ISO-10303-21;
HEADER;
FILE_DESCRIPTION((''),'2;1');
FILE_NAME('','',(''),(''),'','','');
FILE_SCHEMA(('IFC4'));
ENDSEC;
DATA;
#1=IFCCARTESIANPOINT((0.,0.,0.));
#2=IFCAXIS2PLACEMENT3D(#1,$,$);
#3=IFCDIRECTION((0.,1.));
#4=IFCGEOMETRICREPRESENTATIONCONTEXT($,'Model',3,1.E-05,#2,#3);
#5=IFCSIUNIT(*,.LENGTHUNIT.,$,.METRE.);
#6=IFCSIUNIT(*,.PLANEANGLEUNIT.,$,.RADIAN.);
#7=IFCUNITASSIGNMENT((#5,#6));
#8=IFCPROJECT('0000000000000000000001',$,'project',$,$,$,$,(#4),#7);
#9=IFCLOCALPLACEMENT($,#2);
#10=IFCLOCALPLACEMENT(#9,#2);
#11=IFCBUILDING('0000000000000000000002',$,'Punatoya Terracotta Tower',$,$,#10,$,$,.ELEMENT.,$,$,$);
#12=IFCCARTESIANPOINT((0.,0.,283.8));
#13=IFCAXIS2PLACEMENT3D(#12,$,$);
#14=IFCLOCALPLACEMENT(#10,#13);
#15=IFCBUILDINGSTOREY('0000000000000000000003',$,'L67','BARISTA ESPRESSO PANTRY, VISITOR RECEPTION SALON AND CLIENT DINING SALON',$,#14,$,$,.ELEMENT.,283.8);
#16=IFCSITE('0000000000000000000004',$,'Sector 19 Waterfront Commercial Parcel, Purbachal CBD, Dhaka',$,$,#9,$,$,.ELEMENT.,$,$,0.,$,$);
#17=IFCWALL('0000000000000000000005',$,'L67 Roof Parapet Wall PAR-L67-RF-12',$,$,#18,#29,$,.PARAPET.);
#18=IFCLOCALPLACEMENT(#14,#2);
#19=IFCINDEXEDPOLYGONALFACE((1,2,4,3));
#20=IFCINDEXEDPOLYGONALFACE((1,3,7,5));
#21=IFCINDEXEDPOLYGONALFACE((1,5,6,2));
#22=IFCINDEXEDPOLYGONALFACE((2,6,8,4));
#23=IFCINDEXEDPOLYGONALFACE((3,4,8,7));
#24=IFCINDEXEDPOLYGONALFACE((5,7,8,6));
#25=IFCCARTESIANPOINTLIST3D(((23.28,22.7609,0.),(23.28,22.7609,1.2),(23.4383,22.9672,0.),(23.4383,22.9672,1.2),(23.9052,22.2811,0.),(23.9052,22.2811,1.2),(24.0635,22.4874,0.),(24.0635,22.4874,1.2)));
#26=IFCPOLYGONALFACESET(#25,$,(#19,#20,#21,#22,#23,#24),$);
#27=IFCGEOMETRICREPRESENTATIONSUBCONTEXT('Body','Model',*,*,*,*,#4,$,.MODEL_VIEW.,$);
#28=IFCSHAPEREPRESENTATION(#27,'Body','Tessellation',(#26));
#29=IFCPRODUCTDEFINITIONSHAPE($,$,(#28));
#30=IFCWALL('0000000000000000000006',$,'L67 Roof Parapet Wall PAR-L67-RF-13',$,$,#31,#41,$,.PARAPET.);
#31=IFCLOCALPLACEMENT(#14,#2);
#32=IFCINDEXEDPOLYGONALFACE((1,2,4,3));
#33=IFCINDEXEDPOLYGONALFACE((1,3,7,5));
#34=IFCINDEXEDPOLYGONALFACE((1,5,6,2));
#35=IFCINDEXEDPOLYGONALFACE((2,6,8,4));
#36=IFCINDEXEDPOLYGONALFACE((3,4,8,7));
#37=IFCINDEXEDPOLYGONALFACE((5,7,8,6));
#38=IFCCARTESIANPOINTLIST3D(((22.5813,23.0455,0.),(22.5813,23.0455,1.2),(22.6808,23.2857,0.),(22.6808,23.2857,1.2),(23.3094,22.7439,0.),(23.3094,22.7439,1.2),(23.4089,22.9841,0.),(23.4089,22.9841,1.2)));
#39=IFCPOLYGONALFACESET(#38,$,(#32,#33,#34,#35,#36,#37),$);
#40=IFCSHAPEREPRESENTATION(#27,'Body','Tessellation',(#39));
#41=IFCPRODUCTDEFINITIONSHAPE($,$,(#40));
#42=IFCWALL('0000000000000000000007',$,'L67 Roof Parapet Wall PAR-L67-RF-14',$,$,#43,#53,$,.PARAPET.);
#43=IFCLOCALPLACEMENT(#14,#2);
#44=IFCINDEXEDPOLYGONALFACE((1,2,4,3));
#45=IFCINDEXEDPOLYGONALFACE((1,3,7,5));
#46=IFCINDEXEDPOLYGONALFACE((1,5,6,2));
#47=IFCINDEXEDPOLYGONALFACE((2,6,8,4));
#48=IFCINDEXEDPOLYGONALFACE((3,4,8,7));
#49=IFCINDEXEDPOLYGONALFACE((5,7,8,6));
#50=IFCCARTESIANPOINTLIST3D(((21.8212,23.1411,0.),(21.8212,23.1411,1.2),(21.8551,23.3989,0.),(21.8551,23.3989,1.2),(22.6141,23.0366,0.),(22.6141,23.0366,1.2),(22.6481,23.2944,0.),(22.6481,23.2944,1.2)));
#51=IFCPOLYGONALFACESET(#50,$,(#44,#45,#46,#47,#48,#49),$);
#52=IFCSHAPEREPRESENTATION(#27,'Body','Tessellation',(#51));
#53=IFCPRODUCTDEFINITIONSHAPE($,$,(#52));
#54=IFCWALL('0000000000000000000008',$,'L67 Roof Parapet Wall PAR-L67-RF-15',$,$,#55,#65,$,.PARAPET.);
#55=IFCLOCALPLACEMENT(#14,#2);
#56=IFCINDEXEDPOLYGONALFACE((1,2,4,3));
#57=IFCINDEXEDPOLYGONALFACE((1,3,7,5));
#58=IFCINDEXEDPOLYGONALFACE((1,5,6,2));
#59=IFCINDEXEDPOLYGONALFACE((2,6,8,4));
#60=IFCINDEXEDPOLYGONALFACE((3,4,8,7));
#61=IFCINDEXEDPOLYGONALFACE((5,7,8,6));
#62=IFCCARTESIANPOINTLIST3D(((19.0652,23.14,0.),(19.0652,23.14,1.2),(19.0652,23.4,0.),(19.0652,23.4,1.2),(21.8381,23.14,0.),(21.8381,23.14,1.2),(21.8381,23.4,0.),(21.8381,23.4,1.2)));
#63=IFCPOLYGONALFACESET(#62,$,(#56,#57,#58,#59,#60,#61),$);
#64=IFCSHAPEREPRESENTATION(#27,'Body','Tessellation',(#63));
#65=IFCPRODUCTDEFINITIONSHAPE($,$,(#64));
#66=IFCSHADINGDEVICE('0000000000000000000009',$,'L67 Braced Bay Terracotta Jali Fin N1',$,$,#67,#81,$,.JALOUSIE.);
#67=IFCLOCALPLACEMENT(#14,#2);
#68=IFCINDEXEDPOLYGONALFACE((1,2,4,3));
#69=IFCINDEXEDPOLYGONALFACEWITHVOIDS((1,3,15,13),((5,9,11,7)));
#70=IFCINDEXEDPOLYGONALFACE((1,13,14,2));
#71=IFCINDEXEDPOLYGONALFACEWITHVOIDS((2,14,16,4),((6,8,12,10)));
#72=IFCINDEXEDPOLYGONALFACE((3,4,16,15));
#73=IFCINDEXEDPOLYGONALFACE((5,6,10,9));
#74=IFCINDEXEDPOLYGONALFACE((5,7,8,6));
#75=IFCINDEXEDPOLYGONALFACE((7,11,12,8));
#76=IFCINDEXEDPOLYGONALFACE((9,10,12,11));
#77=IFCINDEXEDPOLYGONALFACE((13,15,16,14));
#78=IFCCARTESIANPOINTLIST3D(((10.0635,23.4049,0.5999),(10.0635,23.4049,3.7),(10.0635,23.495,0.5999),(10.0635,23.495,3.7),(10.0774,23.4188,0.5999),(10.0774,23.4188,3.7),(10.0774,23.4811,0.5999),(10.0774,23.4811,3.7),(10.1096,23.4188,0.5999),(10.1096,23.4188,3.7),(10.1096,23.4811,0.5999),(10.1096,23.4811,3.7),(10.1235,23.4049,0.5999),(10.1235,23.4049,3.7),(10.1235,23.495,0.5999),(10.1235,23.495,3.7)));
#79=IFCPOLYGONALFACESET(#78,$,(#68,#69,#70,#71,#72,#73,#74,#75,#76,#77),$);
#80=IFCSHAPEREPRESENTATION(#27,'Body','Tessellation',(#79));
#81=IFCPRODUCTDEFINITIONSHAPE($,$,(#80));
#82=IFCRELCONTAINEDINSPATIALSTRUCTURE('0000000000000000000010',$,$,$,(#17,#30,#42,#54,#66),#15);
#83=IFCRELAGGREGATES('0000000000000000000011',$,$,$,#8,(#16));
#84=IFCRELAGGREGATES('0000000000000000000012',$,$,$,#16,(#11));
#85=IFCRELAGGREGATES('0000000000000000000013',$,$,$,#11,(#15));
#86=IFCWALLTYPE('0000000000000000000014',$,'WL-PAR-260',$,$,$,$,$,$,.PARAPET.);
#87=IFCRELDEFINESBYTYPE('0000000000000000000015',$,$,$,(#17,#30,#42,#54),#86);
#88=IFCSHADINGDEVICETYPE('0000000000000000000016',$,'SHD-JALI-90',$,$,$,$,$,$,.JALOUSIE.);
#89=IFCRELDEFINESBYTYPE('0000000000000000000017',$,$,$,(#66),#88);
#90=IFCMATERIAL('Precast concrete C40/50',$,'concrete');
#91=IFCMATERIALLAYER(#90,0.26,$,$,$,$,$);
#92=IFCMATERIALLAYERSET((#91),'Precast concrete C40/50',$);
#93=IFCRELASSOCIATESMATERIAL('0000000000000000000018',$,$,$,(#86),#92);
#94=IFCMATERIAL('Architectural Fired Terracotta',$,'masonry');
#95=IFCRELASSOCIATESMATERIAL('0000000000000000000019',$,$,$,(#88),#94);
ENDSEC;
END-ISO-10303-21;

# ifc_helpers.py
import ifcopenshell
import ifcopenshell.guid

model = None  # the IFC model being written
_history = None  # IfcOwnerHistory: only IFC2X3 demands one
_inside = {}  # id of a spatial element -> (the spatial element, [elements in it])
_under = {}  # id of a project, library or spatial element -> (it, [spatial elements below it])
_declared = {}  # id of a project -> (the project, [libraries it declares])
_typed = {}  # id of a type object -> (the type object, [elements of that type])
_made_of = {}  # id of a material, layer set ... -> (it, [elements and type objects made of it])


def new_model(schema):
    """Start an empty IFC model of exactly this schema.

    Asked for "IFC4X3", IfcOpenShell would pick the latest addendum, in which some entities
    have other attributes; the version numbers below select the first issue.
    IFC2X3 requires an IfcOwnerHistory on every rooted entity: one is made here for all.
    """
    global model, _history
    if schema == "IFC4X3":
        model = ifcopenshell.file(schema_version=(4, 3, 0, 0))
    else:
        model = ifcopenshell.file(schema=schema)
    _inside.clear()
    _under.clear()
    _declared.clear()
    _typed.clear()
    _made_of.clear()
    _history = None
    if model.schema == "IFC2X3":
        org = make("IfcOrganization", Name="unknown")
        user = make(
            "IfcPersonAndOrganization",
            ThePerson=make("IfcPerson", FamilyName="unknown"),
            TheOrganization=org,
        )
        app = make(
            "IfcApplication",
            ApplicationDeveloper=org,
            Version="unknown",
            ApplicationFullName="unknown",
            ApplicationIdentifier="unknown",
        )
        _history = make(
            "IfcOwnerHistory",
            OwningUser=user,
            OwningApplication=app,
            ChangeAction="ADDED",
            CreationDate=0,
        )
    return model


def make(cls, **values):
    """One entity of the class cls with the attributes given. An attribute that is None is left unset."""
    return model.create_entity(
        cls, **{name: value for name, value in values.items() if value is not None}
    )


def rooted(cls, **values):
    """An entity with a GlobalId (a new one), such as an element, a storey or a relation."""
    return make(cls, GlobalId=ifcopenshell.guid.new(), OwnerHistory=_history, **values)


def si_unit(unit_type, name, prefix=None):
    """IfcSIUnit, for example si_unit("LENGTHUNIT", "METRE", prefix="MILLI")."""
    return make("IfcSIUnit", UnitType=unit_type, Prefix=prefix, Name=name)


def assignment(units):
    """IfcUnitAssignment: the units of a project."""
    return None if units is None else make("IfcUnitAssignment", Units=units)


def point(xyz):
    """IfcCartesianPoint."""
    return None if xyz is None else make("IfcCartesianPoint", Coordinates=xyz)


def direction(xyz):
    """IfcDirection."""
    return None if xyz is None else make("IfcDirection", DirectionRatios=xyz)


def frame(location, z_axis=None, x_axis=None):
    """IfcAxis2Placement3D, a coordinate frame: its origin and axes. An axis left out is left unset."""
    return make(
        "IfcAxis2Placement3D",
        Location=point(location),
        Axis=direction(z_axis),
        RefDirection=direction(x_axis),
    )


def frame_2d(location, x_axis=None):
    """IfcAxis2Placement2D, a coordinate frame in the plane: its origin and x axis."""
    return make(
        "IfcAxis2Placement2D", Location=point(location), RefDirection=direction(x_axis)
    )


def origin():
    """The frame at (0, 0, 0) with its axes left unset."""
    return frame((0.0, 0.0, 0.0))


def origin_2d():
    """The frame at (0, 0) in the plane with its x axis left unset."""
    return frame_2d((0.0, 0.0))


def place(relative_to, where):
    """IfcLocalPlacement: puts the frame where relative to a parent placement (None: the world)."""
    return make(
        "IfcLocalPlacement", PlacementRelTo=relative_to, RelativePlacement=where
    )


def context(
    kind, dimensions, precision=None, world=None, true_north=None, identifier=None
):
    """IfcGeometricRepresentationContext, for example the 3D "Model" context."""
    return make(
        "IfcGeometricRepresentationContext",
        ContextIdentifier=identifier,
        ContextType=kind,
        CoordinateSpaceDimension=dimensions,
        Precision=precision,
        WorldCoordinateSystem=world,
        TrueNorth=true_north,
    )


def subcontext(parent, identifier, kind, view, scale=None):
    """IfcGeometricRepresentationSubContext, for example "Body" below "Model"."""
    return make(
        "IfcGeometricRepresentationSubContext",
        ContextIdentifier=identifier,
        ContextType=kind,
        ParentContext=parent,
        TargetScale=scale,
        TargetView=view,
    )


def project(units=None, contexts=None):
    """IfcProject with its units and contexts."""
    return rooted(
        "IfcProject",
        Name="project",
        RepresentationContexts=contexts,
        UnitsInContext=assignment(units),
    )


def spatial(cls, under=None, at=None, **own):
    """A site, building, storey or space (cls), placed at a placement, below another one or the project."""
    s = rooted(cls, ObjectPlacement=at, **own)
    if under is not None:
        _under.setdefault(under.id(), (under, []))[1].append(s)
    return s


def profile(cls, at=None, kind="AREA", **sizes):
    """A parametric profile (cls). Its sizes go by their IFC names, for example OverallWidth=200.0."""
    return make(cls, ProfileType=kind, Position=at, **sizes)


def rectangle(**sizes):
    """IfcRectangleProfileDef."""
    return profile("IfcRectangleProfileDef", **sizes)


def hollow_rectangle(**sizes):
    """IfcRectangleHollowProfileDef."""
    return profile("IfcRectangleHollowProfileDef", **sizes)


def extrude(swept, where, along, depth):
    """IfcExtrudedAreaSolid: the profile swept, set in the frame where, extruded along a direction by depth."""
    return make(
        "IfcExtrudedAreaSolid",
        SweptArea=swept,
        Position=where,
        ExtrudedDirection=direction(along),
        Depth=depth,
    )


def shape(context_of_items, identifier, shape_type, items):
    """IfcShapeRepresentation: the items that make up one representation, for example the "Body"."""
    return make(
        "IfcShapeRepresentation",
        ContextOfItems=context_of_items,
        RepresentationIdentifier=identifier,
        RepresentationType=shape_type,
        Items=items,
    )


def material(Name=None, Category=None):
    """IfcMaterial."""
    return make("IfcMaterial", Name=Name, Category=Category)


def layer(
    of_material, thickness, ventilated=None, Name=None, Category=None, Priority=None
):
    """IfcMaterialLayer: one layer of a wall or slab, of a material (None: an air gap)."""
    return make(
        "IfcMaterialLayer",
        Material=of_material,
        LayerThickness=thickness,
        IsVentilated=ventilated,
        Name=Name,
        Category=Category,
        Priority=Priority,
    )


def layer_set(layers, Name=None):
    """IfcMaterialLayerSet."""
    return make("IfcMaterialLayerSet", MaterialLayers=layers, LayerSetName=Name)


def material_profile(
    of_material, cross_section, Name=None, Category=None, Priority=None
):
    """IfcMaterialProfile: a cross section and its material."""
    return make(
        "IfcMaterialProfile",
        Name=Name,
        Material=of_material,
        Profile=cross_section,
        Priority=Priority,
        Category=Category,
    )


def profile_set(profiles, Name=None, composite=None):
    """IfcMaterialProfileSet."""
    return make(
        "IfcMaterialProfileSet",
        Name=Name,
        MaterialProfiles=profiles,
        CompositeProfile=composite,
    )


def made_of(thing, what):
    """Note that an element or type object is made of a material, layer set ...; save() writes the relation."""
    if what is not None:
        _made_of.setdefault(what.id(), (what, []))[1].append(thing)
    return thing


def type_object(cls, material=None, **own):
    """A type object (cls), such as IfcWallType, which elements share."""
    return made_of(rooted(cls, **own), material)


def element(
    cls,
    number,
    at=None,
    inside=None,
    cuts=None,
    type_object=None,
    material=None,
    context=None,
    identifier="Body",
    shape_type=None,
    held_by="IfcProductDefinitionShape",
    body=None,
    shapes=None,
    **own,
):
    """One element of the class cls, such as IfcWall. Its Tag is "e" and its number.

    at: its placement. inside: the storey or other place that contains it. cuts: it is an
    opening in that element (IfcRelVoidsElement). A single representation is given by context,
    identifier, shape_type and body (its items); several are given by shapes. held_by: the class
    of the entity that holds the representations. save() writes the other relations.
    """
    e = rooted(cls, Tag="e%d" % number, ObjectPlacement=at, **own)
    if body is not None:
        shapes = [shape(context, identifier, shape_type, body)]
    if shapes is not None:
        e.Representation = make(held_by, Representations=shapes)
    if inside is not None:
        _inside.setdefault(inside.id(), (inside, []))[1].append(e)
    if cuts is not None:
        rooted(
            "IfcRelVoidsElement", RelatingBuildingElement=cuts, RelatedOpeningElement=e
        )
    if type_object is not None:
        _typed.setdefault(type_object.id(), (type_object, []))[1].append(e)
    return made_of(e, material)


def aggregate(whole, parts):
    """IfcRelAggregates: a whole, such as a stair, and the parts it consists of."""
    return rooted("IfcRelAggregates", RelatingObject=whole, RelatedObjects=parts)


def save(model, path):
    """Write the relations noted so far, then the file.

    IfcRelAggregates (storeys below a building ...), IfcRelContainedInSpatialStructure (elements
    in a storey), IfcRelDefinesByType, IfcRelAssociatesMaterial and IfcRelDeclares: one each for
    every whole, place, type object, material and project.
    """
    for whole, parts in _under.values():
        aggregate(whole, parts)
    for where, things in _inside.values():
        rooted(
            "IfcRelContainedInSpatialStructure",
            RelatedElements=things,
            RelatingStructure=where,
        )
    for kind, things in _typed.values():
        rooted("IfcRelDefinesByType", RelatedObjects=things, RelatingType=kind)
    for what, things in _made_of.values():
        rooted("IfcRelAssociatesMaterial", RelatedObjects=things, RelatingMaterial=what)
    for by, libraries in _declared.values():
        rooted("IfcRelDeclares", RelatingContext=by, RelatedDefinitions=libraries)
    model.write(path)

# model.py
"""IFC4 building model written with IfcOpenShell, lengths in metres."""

from ifc_helpers import new_model, si_unit, direction, frame, frame_2d, origin, origin_2d, place, context, subcontext, project, spatial, rectangle, hollow_rectangle, extrude, material, layer, layer_set, material_profile, profile_set, type_object, element, save


model = new_model("IFC4")

# Units and contexts
model_context = context("Model", 3, precision=1e-05, world=origin(), true_north=direction((0.0, 1.0)))
body_context = subcontext(model_context, "Body", "Model", "MODEL_VIEW")
ifc_project = project(units=[si_unit("LENGTHUNIT", "METRE"), si_unit("PLANEANGLEUNIT", "RADIAN")], contexts=[model_context])

# Site, building, storey
site_placement = place(None, origin())
site = spatial("IfcSite", under=ifc_project, at=site_placement, Name="Sector 19 Waterfront Commercial Parcel, Purbachal CBD, Dhaka", CompositionType="ELEMENT", RefElevation=0.0)
building_placement = place(site_placement, origin())
building = spatial("IfcBuilding", under=site, at=building_placement, Name="Punatoya Terracotta Tower", CompositionType="ELEMENT")
storey_placement = place(building_placement, frame((0.0, 0.0, 283.8)))
storey = spatial("IfcBuildingStorey", under=building, at=storey_placement, Name="L67", Description="BARISTA ESPRESSO PANTRY, VISITOR RECEPTION SALON AND CLIENT DINING SALON", CompositionType="ELEMENT", Elevation=283.8)

# Walls
ifc_material_1 = material(Name="Precast concrete C40/50", Category="concrete")
ifc_layer_1 = layer(ifc_material_1, 0.26)
ifc_layer_set_1 = layer_set([ifc_layer_1], Name="Precast concrete C40/50")
wall_type_1 = type_object("IfcWallType", Name="WL-PAR-260", PredefinedType="PARAPET", material=ifc_layer_set_1)
for number, where, z_axis, x_axis, name in (
    (1, (23.9844, 22.3843, 0.0), (0.0, 0.0, 1.0), (-0.793372, 0.608737, 0.0), "L67 Roof Parapet Wall PAR-L67-RF-12"),
    (2, (23.3591, 22.864, 0.0), (0.0, 0.0, 1.0), (-0.9239, 0.382635, 0.0), "L67 Roof Parapet Wall PAR-L67-RF-13"),
):
    element("IfcWall", number, at=place(storey_placement, frame(where, z_axis=z_axis, x_axis=x_axis)), inside=storey, type_object=wall_type_1, Name=name, PredefinedType="PARAPET", context=body_context, shape_type="SweptSolid", body=[
        extrude(rectangle(XDim=0.7881, YDim=0.26, at=frame_2d((0.394, 0.0))), origin(), (0.0, 0.0, 1.0), 1.2),
    ])
wall_1_placement = place(storey_placement, frame((22.6311, 23.1655, 0.0), z_axis=(0.0, 0.0, 1.0), x_axis=(-0.991429, 0.130644, 0.0)))
element("IfcWall", 3, at=wall_1_placement, inside=storey, type_object=wall_type_1, Name="L67 Roof Parapet Wall PAR-L67-RF-14", PredefinedType="PARAPET", context=body_context, shape_type="SweptSolid", body=[
    extrude(rectangle(XDim=0.7998, YDim=0.26, at=frame_2d((0.3999, 0.0))), origin(), (0.0, 0.0, 1.0), 1.2),
])
wall_2_placement = place(storey_placement, frame((21.8381, 23.27, 0.0), z_axis=(0.0, 0.0, 1.0), x_axis=(-1.0, 0.0, 0.0)))
element("IfcWall", 4, at=wall_2_placement, inside=storey, type_object=wall_type_1, Name="L67 Roof Parapet Wall PAR-L67-RF-15", PredefinedType="PARAPET", context=body_context, shape_type="SweptSolid", body=[
    extrude(rectangle(XDim=2.7729, YDim=0.26, at=frame_2d((1.3865, 0.0))), origin(), (0.0, 0.0, 1.0), 1.2),
])

# Shading device
ifc_material_2 = material(Name="Architectural Fired Terracotta", Category="masonry")
ifc_material_profile_1 = material_profile(ifc_material_2, hollow_rectangle(XDim=0.0601, YDim=0.0901, WallThickness=0.0139, at=origin_2d()))
ifc_profile_set_1 = profile_set([ifc_material_profile_1], Name="Architectural Fired Terracotta")
shading_device_type = type_object("IfcShadingDeviceType", Name="SHD-JALI-90", PredefinedType="JALOUSIE", material=ifc_profile_set_1)
shading_device_placement = place(storey_placement, frame((10.0935, 23.45, 0.5999), z_axis=(0.0, 0.0, 1.0), x_axis=(1.0, 0.0, 0.0)))
element("IfcShadingDevice", 5, at=shading_device_placement, inside=storey, type_object=shading_device_type, Name="L67 Braced Bay Terracotta Jali Fin N1", PredefinedType="JALOUSIE", context=body_context, shape_type="SweptSolid", body=[
    extrude(hollow_rectangle(XDim=0.0601, YDim=0.0901, WallThickness=0.0139, at=origin_2d()), origin(), (0.0, 0.0, 1.0), 3.1001),
])

save(model, "model.ifc")
